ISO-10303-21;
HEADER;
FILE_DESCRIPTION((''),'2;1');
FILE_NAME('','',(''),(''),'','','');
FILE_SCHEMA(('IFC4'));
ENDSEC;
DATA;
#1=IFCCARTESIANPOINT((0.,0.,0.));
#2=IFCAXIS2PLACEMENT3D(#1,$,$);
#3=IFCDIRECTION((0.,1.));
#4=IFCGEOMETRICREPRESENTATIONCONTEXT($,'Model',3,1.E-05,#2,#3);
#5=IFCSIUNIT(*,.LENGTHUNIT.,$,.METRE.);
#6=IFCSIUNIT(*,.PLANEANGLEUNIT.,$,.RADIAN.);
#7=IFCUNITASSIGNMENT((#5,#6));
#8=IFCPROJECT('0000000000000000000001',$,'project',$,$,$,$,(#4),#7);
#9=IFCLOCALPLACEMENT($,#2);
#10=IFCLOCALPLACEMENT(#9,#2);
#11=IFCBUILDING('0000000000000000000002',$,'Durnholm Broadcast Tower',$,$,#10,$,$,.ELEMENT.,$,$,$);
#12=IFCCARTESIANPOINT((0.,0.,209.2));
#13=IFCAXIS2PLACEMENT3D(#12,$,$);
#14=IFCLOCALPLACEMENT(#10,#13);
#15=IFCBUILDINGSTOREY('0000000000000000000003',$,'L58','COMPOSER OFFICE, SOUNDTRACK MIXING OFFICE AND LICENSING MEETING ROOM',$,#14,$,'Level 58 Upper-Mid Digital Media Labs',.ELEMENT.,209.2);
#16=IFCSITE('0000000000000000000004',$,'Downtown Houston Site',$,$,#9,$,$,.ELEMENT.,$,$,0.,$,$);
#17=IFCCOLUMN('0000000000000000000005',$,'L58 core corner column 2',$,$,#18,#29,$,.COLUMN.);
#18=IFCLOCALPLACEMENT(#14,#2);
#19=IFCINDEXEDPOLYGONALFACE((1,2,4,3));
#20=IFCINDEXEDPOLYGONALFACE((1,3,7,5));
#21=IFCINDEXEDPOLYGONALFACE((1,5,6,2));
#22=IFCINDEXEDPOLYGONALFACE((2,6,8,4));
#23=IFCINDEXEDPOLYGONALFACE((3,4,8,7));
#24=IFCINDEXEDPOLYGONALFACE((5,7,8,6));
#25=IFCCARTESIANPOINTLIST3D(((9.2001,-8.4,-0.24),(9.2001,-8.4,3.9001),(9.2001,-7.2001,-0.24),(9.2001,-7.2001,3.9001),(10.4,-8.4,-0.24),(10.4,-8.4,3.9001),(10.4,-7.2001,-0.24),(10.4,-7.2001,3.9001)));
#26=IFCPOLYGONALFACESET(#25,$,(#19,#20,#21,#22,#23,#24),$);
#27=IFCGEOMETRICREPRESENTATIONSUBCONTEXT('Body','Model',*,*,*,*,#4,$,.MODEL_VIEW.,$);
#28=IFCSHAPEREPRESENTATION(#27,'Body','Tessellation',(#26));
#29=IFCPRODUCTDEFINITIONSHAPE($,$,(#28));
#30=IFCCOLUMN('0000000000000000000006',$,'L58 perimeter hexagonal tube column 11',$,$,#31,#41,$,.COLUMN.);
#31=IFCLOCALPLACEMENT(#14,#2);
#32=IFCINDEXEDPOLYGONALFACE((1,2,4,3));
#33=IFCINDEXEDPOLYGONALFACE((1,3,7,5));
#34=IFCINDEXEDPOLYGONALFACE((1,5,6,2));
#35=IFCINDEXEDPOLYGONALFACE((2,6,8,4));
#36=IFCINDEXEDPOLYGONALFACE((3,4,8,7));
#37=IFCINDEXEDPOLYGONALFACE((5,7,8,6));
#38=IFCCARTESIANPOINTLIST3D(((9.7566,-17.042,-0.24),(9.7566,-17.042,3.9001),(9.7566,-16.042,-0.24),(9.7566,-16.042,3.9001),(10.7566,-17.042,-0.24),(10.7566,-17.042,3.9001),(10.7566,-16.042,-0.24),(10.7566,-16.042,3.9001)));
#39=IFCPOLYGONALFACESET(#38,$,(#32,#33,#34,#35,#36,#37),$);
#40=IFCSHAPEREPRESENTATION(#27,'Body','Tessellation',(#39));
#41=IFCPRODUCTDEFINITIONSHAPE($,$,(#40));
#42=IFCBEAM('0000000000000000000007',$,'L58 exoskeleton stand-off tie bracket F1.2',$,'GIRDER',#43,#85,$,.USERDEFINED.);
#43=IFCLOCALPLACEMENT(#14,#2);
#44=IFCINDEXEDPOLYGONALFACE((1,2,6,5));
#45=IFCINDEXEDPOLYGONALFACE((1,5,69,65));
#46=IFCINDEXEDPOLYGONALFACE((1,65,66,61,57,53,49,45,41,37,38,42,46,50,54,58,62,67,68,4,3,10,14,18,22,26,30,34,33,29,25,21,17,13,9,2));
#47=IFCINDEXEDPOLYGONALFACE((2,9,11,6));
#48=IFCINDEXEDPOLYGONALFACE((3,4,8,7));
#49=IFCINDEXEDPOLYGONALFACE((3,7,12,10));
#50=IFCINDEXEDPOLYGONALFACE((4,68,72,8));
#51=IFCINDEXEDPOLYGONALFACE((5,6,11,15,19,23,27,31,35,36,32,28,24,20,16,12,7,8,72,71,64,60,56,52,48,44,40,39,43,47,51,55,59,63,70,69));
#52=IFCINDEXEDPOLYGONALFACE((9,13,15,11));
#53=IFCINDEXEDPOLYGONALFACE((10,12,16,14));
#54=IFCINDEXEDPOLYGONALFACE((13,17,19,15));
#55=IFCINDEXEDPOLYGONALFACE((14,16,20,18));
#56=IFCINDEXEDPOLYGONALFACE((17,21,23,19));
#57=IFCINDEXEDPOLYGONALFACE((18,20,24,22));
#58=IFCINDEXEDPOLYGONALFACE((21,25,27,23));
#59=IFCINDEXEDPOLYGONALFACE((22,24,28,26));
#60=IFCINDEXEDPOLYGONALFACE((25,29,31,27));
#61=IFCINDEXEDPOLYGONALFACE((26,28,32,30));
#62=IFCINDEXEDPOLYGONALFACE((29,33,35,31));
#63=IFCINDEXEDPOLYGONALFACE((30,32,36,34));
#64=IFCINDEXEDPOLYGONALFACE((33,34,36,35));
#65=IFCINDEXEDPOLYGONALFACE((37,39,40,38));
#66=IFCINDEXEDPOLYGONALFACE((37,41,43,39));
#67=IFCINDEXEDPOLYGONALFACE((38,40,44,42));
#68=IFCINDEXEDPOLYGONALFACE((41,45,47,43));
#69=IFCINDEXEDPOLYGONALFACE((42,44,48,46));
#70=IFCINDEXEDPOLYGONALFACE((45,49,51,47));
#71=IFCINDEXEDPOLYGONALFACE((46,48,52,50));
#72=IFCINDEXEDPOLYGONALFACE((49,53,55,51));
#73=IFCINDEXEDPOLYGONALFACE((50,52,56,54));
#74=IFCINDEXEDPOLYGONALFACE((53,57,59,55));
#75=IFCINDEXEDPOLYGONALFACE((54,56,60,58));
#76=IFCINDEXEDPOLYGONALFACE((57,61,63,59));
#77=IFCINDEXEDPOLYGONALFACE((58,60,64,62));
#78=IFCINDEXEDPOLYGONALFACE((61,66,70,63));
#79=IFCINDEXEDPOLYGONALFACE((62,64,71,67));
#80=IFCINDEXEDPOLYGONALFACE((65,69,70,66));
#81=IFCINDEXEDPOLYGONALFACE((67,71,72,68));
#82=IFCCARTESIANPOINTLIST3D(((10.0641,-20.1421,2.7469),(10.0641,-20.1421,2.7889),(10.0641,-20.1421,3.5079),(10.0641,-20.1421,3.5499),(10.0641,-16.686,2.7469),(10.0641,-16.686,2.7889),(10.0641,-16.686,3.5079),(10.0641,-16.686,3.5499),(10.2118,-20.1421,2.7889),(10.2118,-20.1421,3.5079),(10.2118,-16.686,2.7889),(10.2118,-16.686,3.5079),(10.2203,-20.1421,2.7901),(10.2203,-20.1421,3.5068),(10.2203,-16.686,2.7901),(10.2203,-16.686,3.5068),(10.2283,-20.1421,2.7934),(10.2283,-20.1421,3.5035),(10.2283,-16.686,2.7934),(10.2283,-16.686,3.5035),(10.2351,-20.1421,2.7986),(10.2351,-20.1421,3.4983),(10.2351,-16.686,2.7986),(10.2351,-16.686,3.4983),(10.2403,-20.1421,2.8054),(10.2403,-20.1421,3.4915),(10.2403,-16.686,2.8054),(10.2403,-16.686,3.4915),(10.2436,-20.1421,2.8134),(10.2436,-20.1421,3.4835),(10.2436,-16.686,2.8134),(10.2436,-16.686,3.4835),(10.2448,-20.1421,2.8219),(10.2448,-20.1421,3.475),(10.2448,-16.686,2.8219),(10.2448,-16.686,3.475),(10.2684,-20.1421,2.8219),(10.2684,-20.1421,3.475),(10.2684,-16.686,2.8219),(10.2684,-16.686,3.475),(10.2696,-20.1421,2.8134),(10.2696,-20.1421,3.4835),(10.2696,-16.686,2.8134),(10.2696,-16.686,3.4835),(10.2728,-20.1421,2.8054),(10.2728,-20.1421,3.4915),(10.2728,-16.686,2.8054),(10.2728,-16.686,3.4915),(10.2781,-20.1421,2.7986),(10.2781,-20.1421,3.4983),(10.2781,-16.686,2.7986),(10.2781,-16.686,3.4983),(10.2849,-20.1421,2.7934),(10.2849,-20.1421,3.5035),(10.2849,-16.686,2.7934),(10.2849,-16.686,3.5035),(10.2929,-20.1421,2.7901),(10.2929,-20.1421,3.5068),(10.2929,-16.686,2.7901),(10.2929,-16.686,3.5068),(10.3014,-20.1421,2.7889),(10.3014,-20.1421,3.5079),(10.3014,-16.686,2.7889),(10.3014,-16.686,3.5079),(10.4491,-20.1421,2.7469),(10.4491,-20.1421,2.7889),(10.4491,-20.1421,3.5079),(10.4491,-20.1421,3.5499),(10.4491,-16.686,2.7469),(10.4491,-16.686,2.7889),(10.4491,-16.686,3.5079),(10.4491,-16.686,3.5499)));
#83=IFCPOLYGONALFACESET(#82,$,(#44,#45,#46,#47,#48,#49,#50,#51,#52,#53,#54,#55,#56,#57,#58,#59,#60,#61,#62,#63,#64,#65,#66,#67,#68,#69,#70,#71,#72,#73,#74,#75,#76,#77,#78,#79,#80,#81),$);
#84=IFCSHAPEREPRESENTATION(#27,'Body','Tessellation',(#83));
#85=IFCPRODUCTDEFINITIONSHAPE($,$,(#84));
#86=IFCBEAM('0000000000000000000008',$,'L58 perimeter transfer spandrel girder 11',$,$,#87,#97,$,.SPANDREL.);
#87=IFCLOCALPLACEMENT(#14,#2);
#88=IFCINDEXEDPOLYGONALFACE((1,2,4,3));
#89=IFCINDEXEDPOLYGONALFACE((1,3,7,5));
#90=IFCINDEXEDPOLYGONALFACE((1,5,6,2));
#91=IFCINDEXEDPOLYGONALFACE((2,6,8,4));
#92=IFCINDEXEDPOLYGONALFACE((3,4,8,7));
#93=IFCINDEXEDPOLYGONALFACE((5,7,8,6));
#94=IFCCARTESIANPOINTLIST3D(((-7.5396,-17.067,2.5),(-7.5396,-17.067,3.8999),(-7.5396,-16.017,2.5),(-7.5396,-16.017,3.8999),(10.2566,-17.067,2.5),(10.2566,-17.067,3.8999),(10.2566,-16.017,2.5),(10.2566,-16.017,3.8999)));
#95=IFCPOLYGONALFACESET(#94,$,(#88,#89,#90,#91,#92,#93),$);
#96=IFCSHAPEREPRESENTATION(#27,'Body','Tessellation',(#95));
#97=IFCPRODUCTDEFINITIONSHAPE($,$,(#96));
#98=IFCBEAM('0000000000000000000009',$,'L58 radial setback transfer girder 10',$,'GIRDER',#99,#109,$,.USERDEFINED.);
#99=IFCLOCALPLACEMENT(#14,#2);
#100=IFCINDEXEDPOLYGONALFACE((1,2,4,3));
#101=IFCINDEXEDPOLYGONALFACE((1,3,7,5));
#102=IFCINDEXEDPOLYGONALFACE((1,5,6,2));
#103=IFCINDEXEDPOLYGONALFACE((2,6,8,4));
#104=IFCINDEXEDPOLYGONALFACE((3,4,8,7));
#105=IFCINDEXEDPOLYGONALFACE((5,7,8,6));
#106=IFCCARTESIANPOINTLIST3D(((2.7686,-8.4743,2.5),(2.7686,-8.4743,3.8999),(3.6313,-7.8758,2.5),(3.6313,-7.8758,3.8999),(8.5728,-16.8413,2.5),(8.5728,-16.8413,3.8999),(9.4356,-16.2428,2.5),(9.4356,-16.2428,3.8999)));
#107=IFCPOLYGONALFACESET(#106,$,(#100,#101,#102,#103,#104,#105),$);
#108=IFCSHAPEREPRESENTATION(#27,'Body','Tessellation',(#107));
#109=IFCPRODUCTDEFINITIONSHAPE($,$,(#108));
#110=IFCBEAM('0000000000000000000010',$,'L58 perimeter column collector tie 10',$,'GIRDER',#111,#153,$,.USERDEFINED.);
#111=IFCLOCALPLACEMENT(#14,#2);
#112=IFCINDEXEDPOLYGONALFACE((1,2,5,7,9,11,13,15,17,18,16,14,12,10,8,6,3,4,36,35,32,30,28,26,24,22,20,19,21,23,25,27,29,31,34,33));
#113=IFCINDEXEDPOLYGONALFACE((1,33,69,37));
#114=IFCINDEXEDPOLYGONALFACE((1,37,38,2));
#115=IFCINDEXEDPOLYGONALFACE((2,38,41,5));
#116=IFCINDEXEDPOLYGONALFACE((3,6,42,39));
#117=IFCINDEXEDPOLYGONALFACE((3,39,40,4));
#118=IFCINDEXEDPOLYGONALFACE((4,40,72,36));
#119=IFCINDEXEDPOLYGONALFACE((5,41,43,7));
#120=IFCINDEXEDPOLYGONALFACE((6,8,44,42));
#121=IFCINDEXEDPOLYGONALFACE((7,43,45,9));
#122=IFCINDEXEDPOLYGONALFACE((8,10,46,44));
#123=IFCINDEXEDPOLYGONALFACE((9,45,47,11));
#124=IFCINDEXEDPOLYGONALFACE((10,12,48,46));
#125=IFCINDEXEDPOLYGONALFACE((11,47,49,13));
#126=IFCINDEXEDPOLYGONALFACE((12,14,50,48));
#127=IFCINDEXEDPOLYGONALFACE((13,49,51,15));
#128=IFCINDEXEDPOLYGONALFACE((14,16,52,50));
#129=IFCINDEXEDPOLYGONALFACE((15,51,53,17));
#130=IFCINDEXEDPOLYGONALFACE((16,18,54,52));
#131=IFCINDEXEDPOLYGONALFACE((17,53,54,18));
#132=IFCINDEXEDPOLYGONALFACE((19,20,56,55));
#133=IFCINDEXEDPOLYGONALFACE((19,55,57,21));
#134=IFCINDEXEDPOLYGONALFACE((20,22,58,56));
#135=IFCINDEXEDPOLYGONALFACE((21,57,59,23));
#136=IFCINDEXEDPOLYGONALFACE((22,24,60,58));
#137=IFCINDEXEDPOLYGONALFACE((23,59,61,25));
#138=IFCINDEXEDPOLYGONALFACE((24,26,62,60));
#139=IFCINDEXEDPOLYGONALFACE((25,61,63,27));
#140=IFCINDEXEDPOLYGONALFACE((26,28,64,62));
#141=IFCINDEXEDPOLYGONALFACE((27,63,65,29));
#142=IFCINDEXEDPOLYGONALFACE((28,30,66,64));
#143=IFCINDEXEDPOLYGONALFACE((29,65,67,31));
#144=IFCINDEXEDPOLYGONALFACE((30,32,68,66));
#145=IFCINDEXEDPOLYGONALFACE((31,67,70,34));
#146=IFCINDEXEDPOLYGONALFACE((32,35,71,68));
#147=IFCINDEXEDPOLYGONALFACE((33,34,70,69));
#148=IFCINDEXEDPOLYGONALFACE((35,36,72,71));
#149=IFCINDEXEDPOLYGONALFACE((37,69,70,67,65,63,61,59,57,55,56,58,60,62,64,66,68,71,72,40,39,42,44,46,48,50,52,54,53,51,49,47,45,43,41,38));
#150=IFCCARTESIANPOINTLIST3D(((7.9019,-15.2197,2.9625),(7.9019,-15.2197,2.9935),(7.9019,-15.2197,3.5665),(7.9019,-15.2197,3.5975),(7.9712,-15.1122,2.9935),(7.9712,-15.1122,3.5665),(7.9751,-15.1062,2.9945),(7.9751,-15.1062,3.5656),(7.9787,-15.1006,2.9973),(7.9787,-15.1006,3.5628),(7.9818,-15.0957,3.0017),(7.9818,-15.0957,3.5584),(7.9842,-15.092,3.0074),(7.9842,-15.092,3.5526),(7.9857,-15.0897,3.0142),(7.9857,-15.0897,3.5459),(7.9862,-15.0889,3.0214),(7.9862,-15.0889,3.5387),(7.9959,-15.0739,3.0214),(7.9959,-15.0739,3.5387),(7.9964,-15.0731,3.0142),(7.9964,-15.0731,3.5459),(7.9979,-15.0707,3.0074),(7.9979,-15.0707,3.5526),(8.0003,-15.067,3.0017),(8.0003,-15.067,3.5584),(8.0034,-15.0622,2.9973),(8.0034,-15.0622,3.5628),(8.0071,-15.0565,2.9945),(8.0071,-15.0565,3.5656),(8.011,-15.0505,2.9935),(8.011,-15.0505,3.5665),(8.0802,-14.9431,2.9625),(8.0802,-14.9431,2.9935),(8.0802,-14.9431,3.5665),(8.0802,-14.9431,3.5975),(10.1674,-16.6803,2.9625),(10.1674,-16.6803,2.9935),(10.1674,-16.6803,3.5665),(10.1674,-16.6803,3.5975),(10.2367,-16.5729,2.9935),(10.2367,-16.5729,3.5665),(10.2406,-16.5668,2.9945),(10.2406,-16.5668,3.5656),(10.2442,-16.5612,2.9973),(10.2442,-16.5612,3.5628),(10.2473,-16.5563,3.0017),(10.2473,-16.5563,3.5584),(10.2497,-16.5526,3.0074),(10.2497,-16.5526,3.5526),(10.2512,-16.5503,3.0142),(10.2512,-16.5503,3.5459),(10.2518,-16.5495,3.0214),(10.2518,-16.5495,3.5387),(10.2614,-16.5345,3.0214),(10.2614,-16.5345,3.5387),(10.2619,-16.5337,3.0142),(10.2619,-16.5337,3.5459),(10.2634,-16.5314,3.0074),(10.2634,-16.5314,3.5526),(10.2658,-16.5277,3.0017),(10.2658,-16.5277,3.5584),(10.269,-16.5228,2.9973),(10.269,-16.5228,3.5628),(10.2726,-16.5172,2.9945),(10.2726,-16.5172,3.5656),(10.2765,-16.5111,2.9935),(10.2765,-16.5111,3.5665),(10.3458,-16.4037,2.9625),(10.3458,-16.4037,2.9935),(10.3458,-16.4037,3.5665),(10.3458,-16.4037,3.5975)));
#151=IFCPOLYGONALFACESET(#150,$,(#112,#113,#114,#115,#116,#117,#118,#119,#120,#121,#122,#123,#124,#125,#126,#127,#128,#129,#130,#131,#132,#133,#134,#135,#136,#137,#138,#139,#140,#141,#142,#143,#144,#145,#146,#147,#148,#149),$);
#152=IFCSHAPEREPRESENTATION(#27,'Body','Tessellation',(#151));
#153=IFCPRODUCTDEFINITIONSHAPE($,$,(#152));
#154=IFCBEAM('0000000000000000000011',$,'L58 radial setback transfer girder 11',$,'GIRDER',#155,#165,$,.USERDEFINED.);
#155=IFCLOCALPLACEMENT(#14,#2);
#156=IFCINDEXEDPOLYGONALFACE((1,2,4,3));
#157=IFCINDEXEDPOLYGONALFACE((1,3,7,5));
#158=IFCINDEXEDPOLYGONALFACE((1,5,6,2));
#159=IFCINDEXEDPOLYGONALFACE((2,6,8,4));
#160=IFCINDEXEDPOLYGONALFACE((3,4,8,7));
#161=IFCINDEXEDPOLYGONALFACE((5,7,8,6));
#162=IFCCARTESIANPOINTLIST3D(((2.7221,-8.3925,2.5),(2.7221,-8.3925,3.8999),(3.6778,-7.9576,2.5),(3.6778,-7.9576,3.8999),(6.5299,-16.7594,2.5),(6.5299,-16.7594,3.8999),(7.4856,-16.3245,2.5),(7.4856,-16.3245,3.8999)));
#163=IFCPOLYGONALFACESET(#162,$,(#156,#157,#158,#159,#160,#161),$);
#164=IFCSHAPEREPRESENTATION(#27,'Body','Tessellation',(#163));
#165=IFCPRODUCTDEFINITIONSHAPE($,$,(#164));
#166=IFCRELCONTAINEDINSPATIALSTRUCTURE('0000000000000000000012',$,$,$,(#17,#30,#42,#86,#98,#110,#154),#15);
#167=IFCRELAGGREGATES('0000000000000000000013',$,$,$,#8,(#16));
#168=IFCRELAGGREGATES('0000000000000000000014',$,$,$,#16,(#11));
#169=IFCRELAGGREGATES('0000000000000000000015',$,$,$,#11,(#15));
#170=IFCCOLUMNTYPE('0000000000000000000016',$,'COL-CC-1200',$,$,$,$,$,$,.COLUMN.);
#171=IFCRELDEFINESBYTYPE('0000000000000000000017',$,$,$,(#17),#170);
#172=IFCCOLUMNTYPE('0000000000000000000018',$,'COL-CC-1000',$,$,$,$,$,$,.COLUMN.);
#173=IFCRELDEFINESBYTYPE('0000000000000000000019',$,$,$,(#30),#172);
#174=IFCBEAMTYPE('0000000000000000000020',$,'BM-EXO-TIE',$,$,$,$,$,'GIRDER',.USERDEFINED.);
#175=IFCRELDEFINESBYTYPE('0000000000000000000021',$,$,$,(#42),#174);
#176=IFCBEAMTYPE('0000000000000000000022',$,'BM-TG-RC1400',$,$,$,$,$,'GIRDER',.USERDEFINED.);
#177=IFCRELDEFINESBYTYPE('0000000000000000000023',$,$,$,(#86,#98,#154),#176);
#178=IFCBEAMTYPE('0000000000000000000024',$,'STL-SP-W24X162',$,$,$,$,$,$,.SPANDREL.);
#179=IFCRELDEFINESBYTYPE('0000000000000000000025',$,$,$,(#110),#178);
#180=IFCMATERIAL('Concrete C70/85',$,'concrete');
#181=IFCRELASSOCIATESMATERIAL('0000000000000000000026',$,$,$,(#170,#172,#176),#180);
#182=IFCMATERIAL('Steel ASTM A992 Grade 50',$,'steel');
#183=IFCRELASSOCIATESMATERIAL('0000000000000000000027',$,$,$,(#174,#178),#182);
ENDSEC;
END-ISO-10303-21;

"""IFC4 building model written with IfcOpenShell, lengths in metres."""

from ifc_helpers import new_model, si_unit, direction, frame, origin, origin_2d, place, context, subcontext, project, spatial, rectangle, i_section, extrude, source, transform, mapped, material, material_profile, profile_set, type_object, type_shapes, element, save


model = new_model("IFC4")

# Units and contexts
model_context = context("Model", 3, precision=1e-05, world=origin(), true_north=direction((0.0, 1.0)))
body_context = subcontext(model_context, "Body", "Model", "MODEL_VIEW")
ifc_project = project(units=[si_unit("LENGTHUNIT", "METRE"), si_unit("PLANEANGLEUNIT", "RADIAN")], contexts=[model_context])

# Site, building, storey
site_placement = place(None, origin())
site = spatial("IfcSite", under=ifc_project, at=site_placement, Name="Downtown Houston Site", CompositionType="ELEMENT", RefElevation=0.0)
building_placement = place(site_placement, origin())
building = spatial("IfcBuilding", under=site, at=building_placement, Name="Durnholm Broadcast Tower", CompositionType="ELEMENT")
storey_placement = place(building_placement, frame((0.0, 0.0, 209.2)))
storey = spatial("IfcBuildingStorey", under=building, at=storey_placement, Name="L58", Description="COMPOSER OFFICE, SOUNDTRACK MIXING OFFICE AND LICENSING MEETING ROOM", LongName="Level 58 Upper-Mid Digital Media Labs", CompositionType="ELEMENT", Elevation=209.2)

# Columns
ifc_material_1 = material(Name="Concrete C70/85", Category="concrete")
ifc_material_profile_1 = material_profile(ifc_material_1, rectangle(XDim=1.2, YDim=1.2, at=origin_2d()), Name="RC1200X1200")
ifc_profile_set_1 = profile_set([ifc_material_profile_1], Name="Concrete C70/85")
column_type_1 = type_object("IfcColumnType", Name="COL-CC-1200", PredefinedType="COLUMN", material=ifc_profile_set_1)
shared_shape_1 = source(origin(), body_context, "Body", "SweptSolid", [
    extrude(rectangle(XDim=1.2, YDim=1.2, at=origin_2d()), origin(), (0.0, 0.0, 1.0), 4.1401),
])
type_shapes(column_type_1, [shared_shape_1])
column_1_placement = place(storey_placement, frame((9.8, -7.8, -0.24), z_axis=(0.0, 0.0, 1.0), x_axis=(1.0, 0.0, 0.0)))
element("IfcColumn", 1, at=column_1_placement, inside=storey, type_object=column_type_1, Name="L58 core corner column 2", PredefinedType="COLUMN", context=body_context, shape_type="MappedRepresentation", body=[
    mapped(shared_shape_1, transform((0.0, 0.0, 0.0), x_axis=(1.0, 0.0, 0.0), y_axis=(0.0, 1.0, 0.0), z_axis=(0.0, 0.0, 1.0), scale=1.0)),
])
ifc_material_profile_2 = material_profile(ifc_material_1, rectangle(XDim=1.0, YDim=1.0, at=origin_2d()), Name="RC1000X1000")
ifc_profile_set_2 = profile_set([ifc_material_profile_2], Name="Concrete C70/85")
column_type_2 = type_object("IfcColumnType", Name="COL-CC-1000", PredefinedType="COLUMN", material=ifc_profile_set_2)
shared_shape_2 = source(origin(), body_context, "Body", "SweptSolid", [
    extrude(rectangle(XDim=1.0, YDim=1.0, at=origin_2d()), origin(), (0.0, 0.0, 1.0), 4.1401),
])
type_shapes(column_type_2, [shared_shape_2])
column_2_placement = place(storey_placement, frame((10.2566, -16.542, -0.24), z_axis=(0.0, 0.0, 1.0), x_axis=(1.0, 0.0, 0.0)))
element("IfcColumn", 2, at=column_2_placement, inside=storey, type_object=column_type_2, Name="L58 perimeter hexagonal tube column 11", PredefinedType="COLUMN", context=body_context, shape_type="MappedRepresentation", body=[
    mapped(shared_shape_2, transform((0.0, 0.0, 0.0), x_axis=(1.0, 0.0, 0.0), y_axis=(0.0, 1.0, 0.0), z_axis=(0.0, 0.0, 1.0), scale=1.0)),
])

# Beams
ifc_material_2 = material(Name="Steel ASTM A992 Grade 50", Category="steel")
ifc_material_profile_3 = material_profile(ifc_material_2, i_section(OverallWidth=0.385, OverallDepth=0.803, WebThickness=0.0237, FlangeThickness=0.042, FilletRadius=0.033, at=origin_2d()), Name="W30X261")
ifc_profile_set_3 = profile_set([ifc_material_profile_3], Name="Steel ASTM A992 Grade 50")
beam_type_1 = type_object("IfcBeamType", Name="BM-EXO-TIE", ElementType="GIRDER", PredefinedType="USERDEFINED", material=ifc_profile_set_3)
shared_shape_3 = source(origin(), body_context, "Body", "SweptSolid", [
    extrude(i_section(OverallWidth=0.385, OverallDepth=0.803, WebThickness=0.0237, FlangeThickness=0.042, FilletRadius=0.033, at=origin_2d()), origin(), (0.0, 0.0, 1.0), 3.4561),
])
type_shapes(beam_type_1, [shared_shape_3])
beam_1_placement = place(storey_placement, frame((10.2566, -16.686, 3.1484), z_axis=(0.0, -1.0, 0.0), x_axis=(1.0, 0.0, 0.0)))
element("IfcBeam", 3, at=beam_1_placement, inside=storey, type_object=beam_type_1, Name="L58 exoskeleton stand-off tie bracket F1.2", ObjectType="GIRDER", PredefinedType="USERDEFINED", context=body_context, shape_type="MappedRepresentation", body=[
    mapped(shared_shape_3, transform((0.0, 0.0, 0.0), x_axis=(1.0, 0.0, 0.0), y_axis=(0.0, 1.0, 0.0), z_axis=(0.0, 0.0, 1.0), scale=1.0)),
])
ifc_material_profile_4 = material_profile(ifc_material_1, rectangle(XDim=1.05, YDim=1.3999, at=origin_2d()), Name="RC1050X1400")
ifc_profile_set_4 = profile_set([ifc_material_profile_4], Name="Concrete C70/85")
beam_type_2 = type_object("IfcBeamType", Name="BM-TG-RC1400", ElementType="GIRDER", PredefinedType="USERDEFINED", material=ifc_profile_set_4)
shared_shape_4 = source(origin(), body_context, "Body", "SweptSolid", [
    extrude(rectangle(XDim=1.05, YDim=1.3999, at=origin_2d()), origin(), (0.0, 0.0, 1.0), 17.7961),
])
beam_2_placement = place(storey_placement, frame((10.2566, -16.542, 3.2), z_axis=(-1.0, 0.0, 0.0), x_axis=(0.0, -1.0, 0.0)))
element("IfcBeam", 4, at=beam_2_placement, inside=storey, type_object=beam_type_2, Name="L58 perimeter transfer spandrel girder 11", PredefinedType="SPANDREL", context=body_context, shape_type="MappedRepresentation", body=[
    mapped(shared_shape_4, transform((0.0, 0.0, 0.0), x_axis=(1.0, 0.0, 0.0), y_axis=(0.0, 1.0, 0.0), z_axis=(0.0, 0.0, 1.0), scale=1.0)),
])
shared_shape_5 = source(origin(), body_context, "Body", "SweptSolid", [
    extrude(rectangle(XDim=1.05, YDim=1.3999, at=origin_2d()), origin(), (0.0, 0.0, 1.0), 10.1831),
])
beam_3_placement = place(storey_placement, frame((3.2, -8.175, 3.2), z_axis=(0.569986, -0.821654, 0.0), x_axis=(0.821654, 0.569986, 0.0)))
element("IfcBeam", 5, at=beam_3_placement, inside=storey, type_object=beam_type_2, Name="L58 radial setback transfer girder 10", ObjectType="GIRDER", PredefinedType="USERDEFINED", context=body_context, shape_type="MappedRepresentation", body=[
    mapped(shared_shape_5, transform((0.0, 0.0, 0.0), x_axis=(1.0, 0.0, 0.0), y_axis=(0.0, 1.0, 0.0), z_axis=(0.0, 0.0, 1.0), scale=1.0)),
])
ifc_material_profile_5 = material_profile(ifc_material_2, i_section(OverallWidth=0.3291, OverallDepth=0.635, WebThickness=0.0178, FlangeThickness=0.031, FilletRadius=0.0278, at=origin_2d()), Name="W24X162")
ifc_profile_set_5 = profile_set([ifc_material_profile_5], Name="Steel ASTM A992 Grade 50")
beam_type_3 = type_object("IfcBeamType", Name="STL-SP-W24X162", PredefinedType="SPANDREL", material=ifc_profile_set_5)
shared_shape_6 = source(origin(), body_context, "Body", "SweptSolid", [
    extrude(i_section(OverallWidth=0.3291, OverallDepth=0.635, WebThickness=0.0178, FlangeThickness=0.031, FilletRadius=0.0278, at=origin_2d()), origin(), (0.0, 0.0, 1.0), 2.6956),
])
type_shapes(beam_type_3, [shared_shape_6])
beam_4_placement = place(storey_placement, frame((10.2566, -16.542, 3.28), z_axis=(-0.840466, 0.541865, 0.0), x_axis=(-0.541865, -0.840466, 0.0)))
element("IfcBeam", 6, at=beam_4_placement, inside=storey, type_object=beam_type_3, Name="L58 perimeter column collector tie 10", ObjectType="GIRDER", PredefinedType="USERDEFINED", context=body_context, shape_type="MappedRepresentation", body=[
    mapped(shared_shape_6, transform((0.0, 0.0, 0.0), x_axis=(1.0, 0.0, 0.0), y_axis=(0.0, 1.0, 0.0), z_axis=(0.0, 0.0, 1.0), scale=1.0)),
])
shared_shape_7 = source(origin(), body_context, "Body", "SweptSolid", [
    extrude(rectangle(XDim=1.05, YDim=1.3999, at=origin_2d()), origin(), (0.0, 0.0, 1.0), 9.1926),
])
type_shapes(beam_type_2, [shared_shape_4, shared_shape_5, shared_shape_7])
beam_5_placement = place(storey_placement, frame((3.2, -8.175, 3.2), z_axis=(0.414227, -0.910174, 0.0), x_axis=(0.910174, 0.414227, 0.0)))
element("IfcBeam", 7, at=beam_5_placement, inside=storey, type_object=beam_type_2, Name="L58 radial setback transfer girder 11", ObjectType="GIRDER", PredefinedType="USERDEFINED", context=body_context, shape_type="MappedRepresentation", body=[
    mapped(shared_shape_7, transform((0.0, 0.0, 0.0), x_axis=(1.0, 0.0, 0.0), y_axis=(0.0, 1.0, 0.0), z_axis=(0.0, 0.0, 1.0), scale=1.0)),
])

save(model, "model.ifc")
